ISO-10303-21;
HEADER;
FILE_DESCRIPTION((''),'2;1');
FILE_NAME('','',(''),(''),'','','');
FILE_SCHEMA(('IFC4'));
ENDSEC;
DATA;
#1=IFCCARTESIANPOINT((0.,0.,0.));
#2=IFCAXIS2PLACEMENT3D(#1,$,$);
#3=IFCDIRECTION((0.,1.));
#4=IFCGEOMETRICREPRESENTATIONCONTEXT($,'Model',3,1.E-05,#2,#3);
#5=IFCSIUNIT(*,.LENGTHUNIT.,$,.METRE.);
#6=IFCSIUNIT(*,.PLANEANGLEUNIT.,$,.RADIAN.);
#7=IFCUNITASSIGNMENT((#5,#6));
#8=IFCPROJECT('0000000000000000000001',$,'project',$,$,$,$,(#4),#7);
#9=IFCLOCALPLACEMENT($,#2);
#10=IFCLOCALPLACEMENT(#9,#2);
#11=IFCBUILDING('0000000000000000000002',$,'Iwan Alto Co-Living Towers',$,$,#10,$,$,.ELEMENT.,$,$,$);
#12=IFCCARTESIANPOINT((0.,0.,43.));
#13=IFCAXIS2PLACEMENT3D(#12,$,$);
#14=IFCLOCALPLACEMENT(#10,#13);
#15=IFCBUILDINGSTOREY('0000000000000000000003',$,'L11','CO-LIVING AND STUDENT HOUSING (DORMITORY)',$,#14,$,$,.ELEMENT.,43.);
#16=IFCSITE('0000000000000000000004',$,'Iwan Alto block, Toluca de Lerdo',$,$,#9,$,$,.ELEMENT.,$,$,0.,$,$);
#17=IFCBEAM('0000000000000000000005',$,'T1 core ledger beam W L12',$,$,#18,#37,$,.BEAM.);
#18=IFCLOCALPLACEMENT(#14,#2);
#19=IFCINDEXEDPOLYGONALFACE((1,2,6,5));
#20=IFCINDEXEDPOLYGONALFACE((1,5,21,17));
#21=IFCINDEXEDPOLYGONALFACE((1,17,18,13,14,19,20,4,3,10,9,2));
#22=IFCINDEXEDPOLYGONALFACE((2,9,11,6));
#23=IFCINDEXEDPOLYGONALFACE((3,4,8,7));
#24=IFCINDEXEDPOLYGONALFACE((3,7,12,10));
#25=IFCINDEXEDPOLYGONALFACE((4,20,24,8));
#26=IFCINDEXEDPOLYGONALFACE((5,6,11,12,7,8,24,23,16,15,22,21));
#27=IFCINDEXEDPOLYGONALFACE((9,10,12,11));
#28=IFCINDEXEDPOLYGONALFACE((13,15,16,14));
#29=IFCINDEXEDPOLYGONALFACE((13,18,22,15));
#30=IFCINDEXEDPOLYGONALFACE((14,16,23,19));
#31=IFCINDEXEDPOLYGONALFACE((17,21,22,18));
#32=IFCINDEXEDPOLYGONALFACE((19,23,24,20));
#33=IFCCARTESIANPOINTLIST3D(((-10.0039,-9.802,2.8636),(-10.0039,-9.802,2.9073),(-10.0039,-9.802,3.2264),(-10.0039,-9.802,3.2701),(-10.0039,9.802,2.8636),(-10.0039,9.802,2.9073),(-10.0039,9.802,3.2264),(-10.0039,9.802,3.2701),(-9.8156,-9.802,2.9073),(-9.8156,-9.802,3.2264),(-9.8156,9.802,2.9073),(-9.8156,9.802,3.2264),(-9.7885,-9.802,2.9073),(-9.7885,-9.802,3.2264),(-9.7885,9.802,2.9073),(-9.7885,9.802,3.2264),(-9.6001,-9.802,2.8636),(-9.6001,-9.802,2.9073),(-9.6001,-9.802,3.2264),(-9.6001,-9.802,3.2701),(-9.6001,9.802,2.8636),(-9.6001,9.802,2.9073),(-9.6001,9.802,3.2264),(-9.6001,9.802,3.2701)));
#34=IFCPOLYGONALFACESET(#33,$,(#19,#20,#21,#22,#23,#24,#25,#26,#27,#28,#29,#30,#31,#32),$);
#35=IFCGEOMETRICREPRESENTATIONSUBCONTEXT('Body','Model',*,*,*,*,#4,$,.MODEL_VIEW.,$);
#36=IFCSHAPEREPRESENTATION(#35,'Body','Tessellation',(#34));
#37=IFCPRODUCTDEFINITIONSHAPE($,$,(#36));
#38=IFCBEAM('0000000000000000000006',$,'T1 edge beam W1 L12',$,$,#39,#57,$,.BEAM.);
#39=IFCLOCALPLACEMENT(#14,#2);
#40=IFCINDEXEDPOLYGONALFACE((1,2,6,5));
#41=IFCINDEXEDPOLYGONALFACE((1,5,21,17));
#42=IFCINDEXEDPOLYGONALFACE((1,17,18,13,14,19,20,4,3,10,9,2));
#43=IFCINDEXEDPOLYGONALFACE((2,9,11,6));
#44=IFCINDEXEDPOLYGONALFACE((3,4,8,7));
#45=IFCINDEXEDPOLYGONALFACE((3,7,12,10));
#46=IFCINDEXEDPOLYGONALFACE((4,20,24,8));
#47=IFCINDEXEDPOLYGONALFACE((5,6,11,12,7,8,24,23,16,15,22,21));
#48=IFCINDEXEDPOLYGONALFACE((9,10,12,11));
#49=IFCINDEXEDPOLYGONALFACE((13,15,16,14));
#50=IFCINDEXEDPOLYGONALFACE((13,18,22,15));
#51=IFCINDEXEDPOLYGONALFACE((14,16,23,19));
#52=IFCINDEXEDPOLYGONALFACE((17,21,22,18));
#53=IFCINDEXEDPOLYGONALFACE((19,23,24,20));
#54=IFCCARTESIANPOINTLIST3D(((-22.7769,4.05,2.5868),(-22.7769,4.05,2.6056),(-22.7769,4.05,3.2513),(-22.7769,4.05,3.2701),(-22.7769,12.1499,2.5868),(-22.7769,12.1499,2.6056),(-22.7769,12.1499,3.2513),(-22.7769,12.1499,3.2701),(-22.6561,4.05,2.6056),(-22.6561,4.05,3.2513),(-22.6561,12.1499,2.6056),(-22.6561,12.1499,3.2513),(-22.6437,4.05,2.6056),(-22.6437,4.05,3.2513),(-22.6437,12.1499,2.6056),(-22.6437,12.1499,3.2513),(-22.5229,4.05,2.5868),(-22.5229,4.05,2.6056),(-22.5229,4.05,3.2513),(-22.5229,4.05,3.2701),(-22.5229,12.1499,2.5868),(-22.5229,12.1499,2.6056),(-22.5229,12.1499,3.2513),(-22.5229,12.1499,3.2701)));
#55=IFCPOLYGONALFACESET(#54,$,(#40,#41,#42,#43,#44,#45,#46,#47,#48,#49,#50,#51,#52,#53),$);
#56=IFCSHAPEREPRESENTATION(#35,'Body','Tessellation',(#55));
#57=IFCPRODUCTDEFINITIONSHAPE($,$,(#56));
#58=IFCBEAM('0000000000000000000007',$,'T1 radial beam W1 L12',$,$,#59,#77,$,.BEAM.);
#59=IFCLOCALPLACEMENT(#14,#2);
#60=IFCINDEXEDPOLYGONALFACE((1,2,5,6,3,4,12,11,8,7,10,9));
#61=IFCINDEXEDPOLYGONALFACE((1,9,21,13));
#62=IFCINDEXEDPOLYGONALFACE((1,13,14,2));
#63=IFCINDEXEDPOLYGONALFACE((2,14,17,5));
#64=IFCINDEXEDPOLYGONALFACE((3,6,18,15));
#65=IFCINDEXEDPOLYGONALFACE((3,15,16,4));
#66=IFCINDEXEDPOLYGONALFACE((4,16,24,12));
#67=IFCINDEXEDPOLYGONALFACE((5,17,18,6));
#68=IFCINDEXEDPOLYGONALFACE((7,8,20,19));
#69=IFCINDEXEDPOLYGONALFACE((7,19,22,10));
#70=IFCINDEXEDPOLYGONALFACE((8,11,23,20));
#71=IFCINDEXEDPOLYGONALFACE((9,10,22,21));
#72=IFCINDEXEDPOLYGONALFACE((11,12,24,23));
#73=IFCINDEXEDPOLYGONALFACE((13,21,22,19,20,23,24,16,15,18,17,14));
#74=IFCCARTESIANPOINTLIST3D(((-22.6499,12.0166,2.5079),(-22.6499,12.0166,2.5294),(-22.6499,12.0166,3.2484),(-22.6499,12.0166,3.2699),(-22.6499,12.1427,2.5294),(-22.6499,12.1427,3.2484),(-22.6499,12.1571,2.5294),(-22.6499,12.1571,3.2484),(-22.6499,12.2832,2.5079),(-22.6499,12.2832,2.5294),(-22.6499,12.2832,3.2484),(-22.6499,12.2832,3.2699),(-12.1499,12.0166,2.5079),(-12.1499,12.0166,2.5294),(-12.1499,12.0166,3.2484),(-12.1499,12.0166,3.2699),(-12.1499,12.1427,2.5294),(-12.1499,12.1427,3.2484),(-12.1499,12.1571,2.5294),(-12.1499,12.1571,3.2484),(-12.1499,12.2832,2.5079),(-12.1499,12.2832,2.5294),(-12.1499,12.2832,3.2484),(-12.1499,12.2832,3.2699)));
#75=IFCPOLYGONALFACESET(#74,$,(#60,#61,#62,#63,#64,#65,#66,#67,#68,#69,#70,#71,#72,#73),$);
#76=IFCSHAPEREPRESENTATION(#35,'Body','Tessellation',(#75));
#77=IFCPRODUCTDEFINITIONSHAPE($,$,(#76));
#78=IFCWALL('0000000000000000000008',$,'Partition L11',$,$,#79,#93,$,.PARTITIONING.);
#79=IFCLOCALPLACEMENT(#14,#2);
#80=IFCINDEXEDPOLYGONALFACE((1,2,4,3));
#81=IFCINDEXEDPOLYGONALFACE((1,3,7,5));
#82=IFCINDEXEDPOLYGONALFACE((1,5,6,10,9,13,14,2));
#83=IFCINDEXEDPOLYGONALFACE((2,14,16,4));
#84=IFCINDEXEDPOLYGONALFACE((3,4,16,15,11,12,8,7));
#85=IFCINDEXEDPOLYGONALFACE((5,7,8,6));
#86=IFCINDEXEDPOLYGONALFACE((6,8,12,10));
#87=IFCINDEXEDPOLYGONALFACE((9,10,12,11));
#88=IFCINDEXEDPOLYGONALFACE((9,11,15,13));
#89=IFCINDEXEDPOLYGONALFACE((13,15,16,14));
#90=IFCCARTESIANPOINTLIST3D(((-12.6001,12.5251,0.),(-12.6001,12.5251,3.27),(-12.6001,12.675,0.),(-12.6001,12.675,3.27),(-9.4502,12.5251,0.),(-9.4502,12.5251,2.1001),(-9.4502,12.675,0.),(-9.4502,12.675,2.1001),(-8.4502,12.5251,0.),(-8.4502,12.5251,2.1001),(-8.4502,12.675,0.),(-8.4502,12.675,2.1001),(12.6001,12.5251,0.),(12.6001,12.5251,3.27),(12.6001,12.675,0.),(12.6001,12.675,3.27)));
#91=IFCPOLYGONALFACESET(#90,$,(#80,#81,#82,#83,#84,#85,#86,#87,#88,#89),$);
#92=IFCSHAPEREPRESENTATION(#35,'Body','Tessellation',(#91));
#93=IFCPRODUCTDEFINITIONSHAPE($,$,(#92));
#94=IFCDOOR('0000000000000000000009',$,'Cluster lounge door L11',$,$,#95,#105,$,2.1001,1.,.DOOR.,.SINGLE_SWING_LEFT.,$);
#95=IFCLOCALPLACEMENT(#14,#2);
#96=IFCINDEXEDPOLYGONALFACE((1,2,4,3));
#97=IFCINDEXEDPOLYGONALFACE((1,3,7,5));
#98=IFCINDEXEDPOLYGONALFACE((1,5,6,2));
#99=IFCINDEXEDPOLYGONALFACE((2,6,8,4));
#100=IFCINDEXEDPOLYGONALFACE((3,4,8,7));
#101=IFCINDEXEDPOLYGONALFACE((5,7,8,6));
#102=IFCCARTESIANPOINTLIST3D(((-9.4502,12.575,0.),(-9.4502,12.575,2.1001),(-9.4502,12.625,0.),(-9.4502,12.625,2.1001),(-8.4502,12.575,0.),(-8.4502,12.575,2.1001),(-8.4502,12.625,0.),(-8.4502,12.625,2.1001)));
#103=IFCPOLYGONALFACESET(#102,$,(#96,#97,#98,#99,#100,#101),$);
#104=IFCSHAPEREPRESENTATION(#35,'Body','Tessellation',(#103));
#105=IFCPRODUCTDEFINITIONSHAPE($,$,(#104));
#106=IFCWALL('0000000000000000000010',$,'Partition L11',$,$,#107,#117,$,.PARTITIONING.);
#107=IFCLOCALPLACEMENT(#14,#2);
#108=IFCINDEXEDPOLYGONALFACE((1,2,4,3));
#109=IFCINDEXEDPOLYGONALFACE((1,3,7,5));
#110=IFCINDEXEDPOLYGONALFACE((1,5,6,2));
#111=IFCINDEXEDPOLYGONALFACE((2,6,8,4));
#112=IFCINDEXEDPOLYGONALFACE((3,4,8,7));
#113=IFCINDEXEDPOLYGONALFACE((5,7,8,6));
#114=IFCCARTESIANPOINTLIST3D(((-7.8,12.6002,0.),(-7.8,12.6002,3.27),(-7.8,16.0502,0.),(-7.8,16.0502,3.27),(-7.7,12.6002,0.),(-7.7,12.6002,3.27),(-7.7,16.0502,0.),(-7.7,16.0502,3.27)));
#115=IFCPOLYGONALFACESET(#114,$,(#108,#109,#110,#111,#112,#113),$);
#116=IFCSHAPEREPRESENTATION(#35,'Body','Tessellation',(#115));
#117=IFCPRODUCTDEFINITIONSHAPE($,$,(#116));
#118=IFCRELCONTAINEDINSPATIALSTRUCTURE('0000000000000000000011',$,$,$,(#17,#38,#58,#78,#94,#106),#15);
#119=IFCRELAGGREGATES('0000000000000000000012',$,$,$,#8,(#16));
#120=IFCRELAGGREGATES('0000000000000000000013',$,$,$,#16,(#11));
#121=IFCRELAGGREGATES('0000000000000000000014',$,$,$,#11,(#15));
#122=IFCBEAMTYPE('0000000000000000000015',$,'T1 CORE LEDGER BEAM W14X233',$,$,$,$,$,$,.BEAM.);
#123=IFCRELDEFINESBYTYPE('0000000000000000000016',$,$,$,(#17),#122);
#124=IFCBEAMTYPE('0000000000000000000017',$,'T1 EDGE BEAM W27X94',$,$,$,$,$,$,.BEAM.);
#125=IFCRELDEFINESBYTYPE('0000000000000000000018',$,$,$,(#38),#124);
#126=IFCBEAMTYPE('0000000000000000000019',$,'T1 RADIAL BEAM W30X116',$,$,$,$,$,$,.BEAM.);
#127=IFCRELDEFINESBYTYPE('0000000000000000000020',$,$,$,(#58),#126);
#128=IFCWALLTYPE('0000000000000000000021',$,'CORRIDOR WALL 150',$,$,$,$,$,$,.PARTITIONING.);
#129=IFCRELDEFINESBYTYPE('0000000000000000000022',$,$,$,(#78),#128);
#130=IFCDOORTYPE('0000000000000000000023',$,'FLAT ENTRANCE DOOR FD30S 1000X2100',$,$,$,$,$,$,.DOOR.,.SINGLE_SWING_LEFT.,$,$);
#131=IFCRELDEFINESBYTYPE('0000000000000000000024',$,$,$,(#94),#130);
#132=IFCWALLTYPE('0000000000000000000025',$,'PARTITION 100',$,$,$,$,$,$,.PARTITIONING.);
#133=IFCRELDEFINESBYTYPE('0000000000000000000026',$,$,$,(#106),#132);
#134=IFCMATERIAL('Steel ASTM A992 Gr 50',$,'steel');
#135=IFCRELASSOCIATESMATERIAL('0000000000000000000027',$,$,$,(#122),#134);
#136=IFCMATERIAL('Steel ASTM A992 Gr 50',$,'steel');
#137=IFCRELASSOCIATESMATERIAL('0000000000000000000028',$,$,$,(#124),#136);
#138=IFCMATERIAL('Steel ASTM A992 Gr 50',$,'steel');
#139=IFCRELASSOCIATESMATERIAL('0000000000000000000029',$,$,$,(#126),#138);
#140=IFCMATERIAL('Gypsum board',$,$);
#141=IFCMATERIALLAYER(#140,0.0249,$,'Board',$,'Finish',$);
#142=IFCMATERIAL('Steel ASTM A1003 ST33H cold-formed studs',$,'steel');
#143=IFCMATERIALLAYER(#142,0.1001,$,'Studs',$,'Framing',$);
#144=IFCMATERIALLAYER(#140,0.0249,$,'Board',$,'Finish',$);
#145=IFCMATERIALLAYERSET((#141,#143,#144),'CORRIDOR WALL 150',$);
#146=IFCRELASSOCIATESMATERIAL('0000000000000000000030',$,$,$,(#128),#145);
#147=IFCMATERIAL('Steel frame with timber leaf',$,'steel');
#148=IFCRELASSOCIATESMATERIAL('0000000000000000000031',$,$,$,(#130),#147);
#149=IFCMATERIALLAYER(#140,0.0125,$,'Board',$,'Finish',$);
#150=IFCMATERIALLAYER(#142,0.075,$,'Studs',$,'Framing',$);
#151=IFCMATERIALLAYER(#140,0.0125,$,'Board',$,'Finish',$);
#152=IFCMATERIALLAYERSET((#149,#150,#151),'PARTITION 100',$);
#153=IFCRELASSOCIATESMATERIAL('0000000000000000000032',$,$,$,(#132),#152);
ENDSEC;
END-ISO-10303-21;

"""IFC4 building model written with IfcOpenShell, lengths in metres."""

from ifc_helpers import new_model, si_unit, direction, frame, frame_2d, origin, origin_2d, place, context, subcontext, project, spatial, rectangle, i_section, extrude, material, layer, layer_set, material_profile, profile_set, type_object, element, fill, save


model = new_model("IFC4")

# Units and contexts
model_context = context("Model", 3, precision=1e-05, world=origin(), true_north=direction((0.0, 1.0)))
body_context = subcontext(model_context, "Body", "Model", "MODEL_VIEW")
ifc_project = project(units=[si_unit("LENGTHUNIT", "METRE"), si_unit("PLANEANGLEUNIT", "RADIAN")], contexts=[model_context])

# Site, building, storey
site_placement = place(None, origin())
site = spatial("IfcSite", under=ifc_project, at=site_placement, Name="Iwan Alto block, Toluca de Lerdo", CompositionType="ELEMENT", RefElevation=0.0)
building_placement = place(site_placement, origin())
building = spatial("IfcBuilding", under=site, at=building_placement, Name="Iwan Alto Co-Living Towers", CompositionType="ELEMENT")
storey_placement = place(building_placement, frame((0.0, 0.0, 43.0)))
storey = spatial("IfcBuildingStorey", under=building, at=storey_placement, Name="L11", Description="CO-LIVING AND STUDENT HOUSING (DORMITORY)", CompositionType="ELEMENT", Elevation=43.0)

# Beams
ifc_material_1 = material(Name="Steel ASTM A992 Gr 50", Category="steel")
ifc_material_profile_1 = material_profile(ifc_material_1, i_section(OverallWidth=0.4038, OverallDepth=0.4065, WebThickness=0.0271, FlangeThickness=0.0437, at=origin_2d()), Name="W14X233")
ifc_profile_set_1 = profile_set([ifc_material_profile_1], Name="Steel ASTM A992 Gr 50")
beam_type_1 = type_object("IfcBeamType", Name="T1 CORE LEDGER BEAM W14X233", PredefinedType="BEAM", material=ifc_profile_set_1)
beam_1_placement = place(storey_placement, frame((-9.802, 9.802, 3.0669), z_axis=(0.0, -1.0, 0.0), x_axis=(1.0, 0.0, 0.0)))
element("IfcBeam", 1, at=beam_1_placement, inside=storey, type_object=beam_type_1, Name="T1 core ledger beam W L12", PredefinedType="BEAM", context=body_context, shape_type="SweptSolid", body=[
    extrude(i_section(OverallWidth=0.4038, OverallDepth=0.4065, WebThickness=0.0271, FlangeThickness=0.0437, at=origin_2d()), origin(), (0.0, 0.0, 1.0), 19.604),
])
ifc_material_2 = material(Name="Steel ASTM A992 Gr 50", Category="steel")
ifc_material_profile_2 = material_profile(ifc_material_2, i_section(OverallWidth=0.2539, OverallDepth=0.6833, WebThickness=0.0125, FlangeThickness=0.0188, at=origin_2d()), Name="W27X94")
ifc_profile_set_2 = profile_set([ifc_material_profile_2], Name="Steel ASTM A992 Gr 50")
beam_type_2 = type_object("IfcBeamType", Name="T1 EDGE BEAM W27X94", PredefinedType="BEAM", material=ifc_profile_set_2)
beam_2_placement = place(storey_placement, frame((-22.6499, 12.1499, 2.9285), z_axis=(0.0, -1.0, 0.0), x_axis=(1.0, 0.0, 0.0)))
element("IfcBeam", 2, at=beam_2_placement, inside=storey, type_object=beam_type_2, Name="T1 edge beam W1 L12", PredefinedType="BEAM", context=body_context, shape_type="SweptSolid", body=[
    extrude(i_section(OverallWidth=0.2539, OverallDepth=0.6833, WebThickness=0.0125, FlangeThickness=0.0188, at=origin_2d()), origin(), (0.0, 0.0, 1.0), 8.0999),
])
ifc_material_3 = material(Name="Steel ASTM A992 Gr 50", Category="steel")
ifc_material_profile_3 = material_profile(ifc_material_3, i_section(OverallWidth=0.2666, OverallDepth=0.762, WebThickness=0.0144, FlangeThickness=0.0215, at=origin_2d()), Name="W30X116")
ifc_profile_set_3 = profile_set([ifc_material_profile_3], Name="Steel ASTM A992 Gr 50")
beam_type_3 = type_object("IfcBeamType", Name="T1 RADIAL BEAM W30X116", PredefinedType="BEAM", material=ifc_profile_set_3)
beam_3_placement = place(storey_placement, frame((-22.6499, 12.1499, 2.8889), z_axis=(1.0, 0.0, 0.0), x_axis=(0.0, 1.0, 0.0)))
element("IfcBeam", 3, at=beam_3_placement, inside=storey, type_object=beam_type_3, Name="T1 radial beam W1 L12", PredefinedType="BEAM", context=body_context, shape_type="SweptSolid", body=[
    extrude(i_section(OverallWidth=0.2666, OverallDepth=0.762, WebThickness=0.0144, FlangeThickness=0.0215, at=origin_2d()), origin(), (0.0, 0.0, 1.0), 10.5),
])

# Wall, opening, door
ifc_material_4 = material(Name="Gypsum board")
ifc_layer_1 = layer(ifc_material_4, 0.0249, Name="Board", Category="Finish")
ifc_material_5 = material(Name="Steel ASTM A1003 ST33H cold-formed studs", Category="steel")
ifc_layer_2 = layer(ifc_material_5, 0.1001, Name="Studs", Category="Framing")
ifc_layer_3 = layer(ifc_material_4, 0.0249, Name="Board", Category="Finish")
ifc_layer_set_1 = layer_set([ifc_layer_1, ifc_layer_2, ifc_layer_3], Name="CORRIDOR WALL 150")
wall_type_1 = type_object("IfcWallType", Name="CORRIDOR WALL 150", PredefinedType="PARTITIONING", material=ifc_layer_set_1)
wall_1_placement = place(storey_placement, frame((-12.6001, 12.6001, 0.0), z_axis=(0.0, 0.0, 1.0), x_axis=(1.0, 0.0, 0.0)))
wall_1 = element("IfcWall", 4, at=wall_1_placement, inside=storey, type_object=wall_type_1, Name="Partition L11", PredefinedType="PARTITIONING", context=body_context, shape_type="SweptSolid", body=[
    extrude(rectangle(XDim=25.2002, YDim=0.1499, at=frame_2d((12.6001, 0.0))), origin(), (0.0, 0.0, 1.0), 3.27),
])
opening_1_placement = place(wall_1_placement, frame((3.1499, 0.0, 0.0)))
opening_1 = element("IfcOpeningElement", 5, at=opening_1_placement, cuts=wall_1, PredefinedType="OPENING", context=body_context, shape_type="SweptSolid", body=[
    extrude(rectangle(XDim=1.0, YDim=2.1001, at=frame_2d((0.5, 1.05))), frame((0.0, 0.085, 0.0), z_axis=(0.0, -1.0, 0.0), x_axis=(1.0, 0.0, 0.0)), (0.0, 0.0, 1.0), 0.1699),
])
ifc_material_6 = material(Name="Steel frame with timber leaf", Category="steel")
door_type_1 = type_object("IfcDoorType", Name="FLAT ENTRANCE DOOR FD30S 1000X2100", OperationType="SINGLE_SWING_LEFT", PredefinedType="DOOR", material=ifc_material_6)
door_1_placement = place(opening_1_placement, origin())
door_1 = element("IfcDoor", 6, at=door_1_placement, inside=storey, type_object=door_type_1, Name="Cluster lounge door L11", OperationType="SINGLE_SWING_LEFT", OverallHeight=2.1001, OverallWidth=1.0, PredefinedType="DOOR", context=body_context, shape_type="SweptSolid", body=[
    extrude(rectangle(XDim=1.0, YDim=2.1001, at=frame_2d((0.5, 1.05))), frame((0.0, 0.0249, 0.0), z_axis=(0.0, -1.0, 0.0), x_axis=(1.0, 0.0, 0.0)), (0.0, 0.0, 1.0), 0.05),
])
fill(opening_1, door_1)

# Wall
ifc_layer_4 = layer(ifc_material_4, 0.0125, Name="Board", Category="Finish")
ifc_layer_5 = layer(ifc_material_5, 0.075, Name="Studs", Category="Framing")
ifc_layer_6 = layer(ifc_material_4, 0.0125, Name="Board", Category="Finish")
ifc_layer_set_2 = layer_set([ifc_layer_4, ifc_layer_5, ifc_layer_6], Name="PARTITION 100")
wall_type_2 = type_object("IfcWallType", Name="PARTITION 100", PredefinedType="PARTITIONING", material=ifc_layer_set_2)
wall_2_placement = place(storey_placement, frame((-7.75, 12.6001, 0.0), z_axis=(0.0, 0.0, 1.0), x_axis=(0.0, 1.0, 0.0)))
element("IfcWall", 7, at=wall_2_placement, inside=storey, type_object=wall_type_2, Name="Partition L11", PredefinedType="PARTITIONING", context=body_context, shape_type="SweptSolid", body=[
    extrude(rectangle(XDim=3.45, YDim=0.1001, at=frame_2d((1.7251, 0.0))), origin(), (0.0, 0.0, 1.0), 3.27),
])

save(model, "model.ifc")
